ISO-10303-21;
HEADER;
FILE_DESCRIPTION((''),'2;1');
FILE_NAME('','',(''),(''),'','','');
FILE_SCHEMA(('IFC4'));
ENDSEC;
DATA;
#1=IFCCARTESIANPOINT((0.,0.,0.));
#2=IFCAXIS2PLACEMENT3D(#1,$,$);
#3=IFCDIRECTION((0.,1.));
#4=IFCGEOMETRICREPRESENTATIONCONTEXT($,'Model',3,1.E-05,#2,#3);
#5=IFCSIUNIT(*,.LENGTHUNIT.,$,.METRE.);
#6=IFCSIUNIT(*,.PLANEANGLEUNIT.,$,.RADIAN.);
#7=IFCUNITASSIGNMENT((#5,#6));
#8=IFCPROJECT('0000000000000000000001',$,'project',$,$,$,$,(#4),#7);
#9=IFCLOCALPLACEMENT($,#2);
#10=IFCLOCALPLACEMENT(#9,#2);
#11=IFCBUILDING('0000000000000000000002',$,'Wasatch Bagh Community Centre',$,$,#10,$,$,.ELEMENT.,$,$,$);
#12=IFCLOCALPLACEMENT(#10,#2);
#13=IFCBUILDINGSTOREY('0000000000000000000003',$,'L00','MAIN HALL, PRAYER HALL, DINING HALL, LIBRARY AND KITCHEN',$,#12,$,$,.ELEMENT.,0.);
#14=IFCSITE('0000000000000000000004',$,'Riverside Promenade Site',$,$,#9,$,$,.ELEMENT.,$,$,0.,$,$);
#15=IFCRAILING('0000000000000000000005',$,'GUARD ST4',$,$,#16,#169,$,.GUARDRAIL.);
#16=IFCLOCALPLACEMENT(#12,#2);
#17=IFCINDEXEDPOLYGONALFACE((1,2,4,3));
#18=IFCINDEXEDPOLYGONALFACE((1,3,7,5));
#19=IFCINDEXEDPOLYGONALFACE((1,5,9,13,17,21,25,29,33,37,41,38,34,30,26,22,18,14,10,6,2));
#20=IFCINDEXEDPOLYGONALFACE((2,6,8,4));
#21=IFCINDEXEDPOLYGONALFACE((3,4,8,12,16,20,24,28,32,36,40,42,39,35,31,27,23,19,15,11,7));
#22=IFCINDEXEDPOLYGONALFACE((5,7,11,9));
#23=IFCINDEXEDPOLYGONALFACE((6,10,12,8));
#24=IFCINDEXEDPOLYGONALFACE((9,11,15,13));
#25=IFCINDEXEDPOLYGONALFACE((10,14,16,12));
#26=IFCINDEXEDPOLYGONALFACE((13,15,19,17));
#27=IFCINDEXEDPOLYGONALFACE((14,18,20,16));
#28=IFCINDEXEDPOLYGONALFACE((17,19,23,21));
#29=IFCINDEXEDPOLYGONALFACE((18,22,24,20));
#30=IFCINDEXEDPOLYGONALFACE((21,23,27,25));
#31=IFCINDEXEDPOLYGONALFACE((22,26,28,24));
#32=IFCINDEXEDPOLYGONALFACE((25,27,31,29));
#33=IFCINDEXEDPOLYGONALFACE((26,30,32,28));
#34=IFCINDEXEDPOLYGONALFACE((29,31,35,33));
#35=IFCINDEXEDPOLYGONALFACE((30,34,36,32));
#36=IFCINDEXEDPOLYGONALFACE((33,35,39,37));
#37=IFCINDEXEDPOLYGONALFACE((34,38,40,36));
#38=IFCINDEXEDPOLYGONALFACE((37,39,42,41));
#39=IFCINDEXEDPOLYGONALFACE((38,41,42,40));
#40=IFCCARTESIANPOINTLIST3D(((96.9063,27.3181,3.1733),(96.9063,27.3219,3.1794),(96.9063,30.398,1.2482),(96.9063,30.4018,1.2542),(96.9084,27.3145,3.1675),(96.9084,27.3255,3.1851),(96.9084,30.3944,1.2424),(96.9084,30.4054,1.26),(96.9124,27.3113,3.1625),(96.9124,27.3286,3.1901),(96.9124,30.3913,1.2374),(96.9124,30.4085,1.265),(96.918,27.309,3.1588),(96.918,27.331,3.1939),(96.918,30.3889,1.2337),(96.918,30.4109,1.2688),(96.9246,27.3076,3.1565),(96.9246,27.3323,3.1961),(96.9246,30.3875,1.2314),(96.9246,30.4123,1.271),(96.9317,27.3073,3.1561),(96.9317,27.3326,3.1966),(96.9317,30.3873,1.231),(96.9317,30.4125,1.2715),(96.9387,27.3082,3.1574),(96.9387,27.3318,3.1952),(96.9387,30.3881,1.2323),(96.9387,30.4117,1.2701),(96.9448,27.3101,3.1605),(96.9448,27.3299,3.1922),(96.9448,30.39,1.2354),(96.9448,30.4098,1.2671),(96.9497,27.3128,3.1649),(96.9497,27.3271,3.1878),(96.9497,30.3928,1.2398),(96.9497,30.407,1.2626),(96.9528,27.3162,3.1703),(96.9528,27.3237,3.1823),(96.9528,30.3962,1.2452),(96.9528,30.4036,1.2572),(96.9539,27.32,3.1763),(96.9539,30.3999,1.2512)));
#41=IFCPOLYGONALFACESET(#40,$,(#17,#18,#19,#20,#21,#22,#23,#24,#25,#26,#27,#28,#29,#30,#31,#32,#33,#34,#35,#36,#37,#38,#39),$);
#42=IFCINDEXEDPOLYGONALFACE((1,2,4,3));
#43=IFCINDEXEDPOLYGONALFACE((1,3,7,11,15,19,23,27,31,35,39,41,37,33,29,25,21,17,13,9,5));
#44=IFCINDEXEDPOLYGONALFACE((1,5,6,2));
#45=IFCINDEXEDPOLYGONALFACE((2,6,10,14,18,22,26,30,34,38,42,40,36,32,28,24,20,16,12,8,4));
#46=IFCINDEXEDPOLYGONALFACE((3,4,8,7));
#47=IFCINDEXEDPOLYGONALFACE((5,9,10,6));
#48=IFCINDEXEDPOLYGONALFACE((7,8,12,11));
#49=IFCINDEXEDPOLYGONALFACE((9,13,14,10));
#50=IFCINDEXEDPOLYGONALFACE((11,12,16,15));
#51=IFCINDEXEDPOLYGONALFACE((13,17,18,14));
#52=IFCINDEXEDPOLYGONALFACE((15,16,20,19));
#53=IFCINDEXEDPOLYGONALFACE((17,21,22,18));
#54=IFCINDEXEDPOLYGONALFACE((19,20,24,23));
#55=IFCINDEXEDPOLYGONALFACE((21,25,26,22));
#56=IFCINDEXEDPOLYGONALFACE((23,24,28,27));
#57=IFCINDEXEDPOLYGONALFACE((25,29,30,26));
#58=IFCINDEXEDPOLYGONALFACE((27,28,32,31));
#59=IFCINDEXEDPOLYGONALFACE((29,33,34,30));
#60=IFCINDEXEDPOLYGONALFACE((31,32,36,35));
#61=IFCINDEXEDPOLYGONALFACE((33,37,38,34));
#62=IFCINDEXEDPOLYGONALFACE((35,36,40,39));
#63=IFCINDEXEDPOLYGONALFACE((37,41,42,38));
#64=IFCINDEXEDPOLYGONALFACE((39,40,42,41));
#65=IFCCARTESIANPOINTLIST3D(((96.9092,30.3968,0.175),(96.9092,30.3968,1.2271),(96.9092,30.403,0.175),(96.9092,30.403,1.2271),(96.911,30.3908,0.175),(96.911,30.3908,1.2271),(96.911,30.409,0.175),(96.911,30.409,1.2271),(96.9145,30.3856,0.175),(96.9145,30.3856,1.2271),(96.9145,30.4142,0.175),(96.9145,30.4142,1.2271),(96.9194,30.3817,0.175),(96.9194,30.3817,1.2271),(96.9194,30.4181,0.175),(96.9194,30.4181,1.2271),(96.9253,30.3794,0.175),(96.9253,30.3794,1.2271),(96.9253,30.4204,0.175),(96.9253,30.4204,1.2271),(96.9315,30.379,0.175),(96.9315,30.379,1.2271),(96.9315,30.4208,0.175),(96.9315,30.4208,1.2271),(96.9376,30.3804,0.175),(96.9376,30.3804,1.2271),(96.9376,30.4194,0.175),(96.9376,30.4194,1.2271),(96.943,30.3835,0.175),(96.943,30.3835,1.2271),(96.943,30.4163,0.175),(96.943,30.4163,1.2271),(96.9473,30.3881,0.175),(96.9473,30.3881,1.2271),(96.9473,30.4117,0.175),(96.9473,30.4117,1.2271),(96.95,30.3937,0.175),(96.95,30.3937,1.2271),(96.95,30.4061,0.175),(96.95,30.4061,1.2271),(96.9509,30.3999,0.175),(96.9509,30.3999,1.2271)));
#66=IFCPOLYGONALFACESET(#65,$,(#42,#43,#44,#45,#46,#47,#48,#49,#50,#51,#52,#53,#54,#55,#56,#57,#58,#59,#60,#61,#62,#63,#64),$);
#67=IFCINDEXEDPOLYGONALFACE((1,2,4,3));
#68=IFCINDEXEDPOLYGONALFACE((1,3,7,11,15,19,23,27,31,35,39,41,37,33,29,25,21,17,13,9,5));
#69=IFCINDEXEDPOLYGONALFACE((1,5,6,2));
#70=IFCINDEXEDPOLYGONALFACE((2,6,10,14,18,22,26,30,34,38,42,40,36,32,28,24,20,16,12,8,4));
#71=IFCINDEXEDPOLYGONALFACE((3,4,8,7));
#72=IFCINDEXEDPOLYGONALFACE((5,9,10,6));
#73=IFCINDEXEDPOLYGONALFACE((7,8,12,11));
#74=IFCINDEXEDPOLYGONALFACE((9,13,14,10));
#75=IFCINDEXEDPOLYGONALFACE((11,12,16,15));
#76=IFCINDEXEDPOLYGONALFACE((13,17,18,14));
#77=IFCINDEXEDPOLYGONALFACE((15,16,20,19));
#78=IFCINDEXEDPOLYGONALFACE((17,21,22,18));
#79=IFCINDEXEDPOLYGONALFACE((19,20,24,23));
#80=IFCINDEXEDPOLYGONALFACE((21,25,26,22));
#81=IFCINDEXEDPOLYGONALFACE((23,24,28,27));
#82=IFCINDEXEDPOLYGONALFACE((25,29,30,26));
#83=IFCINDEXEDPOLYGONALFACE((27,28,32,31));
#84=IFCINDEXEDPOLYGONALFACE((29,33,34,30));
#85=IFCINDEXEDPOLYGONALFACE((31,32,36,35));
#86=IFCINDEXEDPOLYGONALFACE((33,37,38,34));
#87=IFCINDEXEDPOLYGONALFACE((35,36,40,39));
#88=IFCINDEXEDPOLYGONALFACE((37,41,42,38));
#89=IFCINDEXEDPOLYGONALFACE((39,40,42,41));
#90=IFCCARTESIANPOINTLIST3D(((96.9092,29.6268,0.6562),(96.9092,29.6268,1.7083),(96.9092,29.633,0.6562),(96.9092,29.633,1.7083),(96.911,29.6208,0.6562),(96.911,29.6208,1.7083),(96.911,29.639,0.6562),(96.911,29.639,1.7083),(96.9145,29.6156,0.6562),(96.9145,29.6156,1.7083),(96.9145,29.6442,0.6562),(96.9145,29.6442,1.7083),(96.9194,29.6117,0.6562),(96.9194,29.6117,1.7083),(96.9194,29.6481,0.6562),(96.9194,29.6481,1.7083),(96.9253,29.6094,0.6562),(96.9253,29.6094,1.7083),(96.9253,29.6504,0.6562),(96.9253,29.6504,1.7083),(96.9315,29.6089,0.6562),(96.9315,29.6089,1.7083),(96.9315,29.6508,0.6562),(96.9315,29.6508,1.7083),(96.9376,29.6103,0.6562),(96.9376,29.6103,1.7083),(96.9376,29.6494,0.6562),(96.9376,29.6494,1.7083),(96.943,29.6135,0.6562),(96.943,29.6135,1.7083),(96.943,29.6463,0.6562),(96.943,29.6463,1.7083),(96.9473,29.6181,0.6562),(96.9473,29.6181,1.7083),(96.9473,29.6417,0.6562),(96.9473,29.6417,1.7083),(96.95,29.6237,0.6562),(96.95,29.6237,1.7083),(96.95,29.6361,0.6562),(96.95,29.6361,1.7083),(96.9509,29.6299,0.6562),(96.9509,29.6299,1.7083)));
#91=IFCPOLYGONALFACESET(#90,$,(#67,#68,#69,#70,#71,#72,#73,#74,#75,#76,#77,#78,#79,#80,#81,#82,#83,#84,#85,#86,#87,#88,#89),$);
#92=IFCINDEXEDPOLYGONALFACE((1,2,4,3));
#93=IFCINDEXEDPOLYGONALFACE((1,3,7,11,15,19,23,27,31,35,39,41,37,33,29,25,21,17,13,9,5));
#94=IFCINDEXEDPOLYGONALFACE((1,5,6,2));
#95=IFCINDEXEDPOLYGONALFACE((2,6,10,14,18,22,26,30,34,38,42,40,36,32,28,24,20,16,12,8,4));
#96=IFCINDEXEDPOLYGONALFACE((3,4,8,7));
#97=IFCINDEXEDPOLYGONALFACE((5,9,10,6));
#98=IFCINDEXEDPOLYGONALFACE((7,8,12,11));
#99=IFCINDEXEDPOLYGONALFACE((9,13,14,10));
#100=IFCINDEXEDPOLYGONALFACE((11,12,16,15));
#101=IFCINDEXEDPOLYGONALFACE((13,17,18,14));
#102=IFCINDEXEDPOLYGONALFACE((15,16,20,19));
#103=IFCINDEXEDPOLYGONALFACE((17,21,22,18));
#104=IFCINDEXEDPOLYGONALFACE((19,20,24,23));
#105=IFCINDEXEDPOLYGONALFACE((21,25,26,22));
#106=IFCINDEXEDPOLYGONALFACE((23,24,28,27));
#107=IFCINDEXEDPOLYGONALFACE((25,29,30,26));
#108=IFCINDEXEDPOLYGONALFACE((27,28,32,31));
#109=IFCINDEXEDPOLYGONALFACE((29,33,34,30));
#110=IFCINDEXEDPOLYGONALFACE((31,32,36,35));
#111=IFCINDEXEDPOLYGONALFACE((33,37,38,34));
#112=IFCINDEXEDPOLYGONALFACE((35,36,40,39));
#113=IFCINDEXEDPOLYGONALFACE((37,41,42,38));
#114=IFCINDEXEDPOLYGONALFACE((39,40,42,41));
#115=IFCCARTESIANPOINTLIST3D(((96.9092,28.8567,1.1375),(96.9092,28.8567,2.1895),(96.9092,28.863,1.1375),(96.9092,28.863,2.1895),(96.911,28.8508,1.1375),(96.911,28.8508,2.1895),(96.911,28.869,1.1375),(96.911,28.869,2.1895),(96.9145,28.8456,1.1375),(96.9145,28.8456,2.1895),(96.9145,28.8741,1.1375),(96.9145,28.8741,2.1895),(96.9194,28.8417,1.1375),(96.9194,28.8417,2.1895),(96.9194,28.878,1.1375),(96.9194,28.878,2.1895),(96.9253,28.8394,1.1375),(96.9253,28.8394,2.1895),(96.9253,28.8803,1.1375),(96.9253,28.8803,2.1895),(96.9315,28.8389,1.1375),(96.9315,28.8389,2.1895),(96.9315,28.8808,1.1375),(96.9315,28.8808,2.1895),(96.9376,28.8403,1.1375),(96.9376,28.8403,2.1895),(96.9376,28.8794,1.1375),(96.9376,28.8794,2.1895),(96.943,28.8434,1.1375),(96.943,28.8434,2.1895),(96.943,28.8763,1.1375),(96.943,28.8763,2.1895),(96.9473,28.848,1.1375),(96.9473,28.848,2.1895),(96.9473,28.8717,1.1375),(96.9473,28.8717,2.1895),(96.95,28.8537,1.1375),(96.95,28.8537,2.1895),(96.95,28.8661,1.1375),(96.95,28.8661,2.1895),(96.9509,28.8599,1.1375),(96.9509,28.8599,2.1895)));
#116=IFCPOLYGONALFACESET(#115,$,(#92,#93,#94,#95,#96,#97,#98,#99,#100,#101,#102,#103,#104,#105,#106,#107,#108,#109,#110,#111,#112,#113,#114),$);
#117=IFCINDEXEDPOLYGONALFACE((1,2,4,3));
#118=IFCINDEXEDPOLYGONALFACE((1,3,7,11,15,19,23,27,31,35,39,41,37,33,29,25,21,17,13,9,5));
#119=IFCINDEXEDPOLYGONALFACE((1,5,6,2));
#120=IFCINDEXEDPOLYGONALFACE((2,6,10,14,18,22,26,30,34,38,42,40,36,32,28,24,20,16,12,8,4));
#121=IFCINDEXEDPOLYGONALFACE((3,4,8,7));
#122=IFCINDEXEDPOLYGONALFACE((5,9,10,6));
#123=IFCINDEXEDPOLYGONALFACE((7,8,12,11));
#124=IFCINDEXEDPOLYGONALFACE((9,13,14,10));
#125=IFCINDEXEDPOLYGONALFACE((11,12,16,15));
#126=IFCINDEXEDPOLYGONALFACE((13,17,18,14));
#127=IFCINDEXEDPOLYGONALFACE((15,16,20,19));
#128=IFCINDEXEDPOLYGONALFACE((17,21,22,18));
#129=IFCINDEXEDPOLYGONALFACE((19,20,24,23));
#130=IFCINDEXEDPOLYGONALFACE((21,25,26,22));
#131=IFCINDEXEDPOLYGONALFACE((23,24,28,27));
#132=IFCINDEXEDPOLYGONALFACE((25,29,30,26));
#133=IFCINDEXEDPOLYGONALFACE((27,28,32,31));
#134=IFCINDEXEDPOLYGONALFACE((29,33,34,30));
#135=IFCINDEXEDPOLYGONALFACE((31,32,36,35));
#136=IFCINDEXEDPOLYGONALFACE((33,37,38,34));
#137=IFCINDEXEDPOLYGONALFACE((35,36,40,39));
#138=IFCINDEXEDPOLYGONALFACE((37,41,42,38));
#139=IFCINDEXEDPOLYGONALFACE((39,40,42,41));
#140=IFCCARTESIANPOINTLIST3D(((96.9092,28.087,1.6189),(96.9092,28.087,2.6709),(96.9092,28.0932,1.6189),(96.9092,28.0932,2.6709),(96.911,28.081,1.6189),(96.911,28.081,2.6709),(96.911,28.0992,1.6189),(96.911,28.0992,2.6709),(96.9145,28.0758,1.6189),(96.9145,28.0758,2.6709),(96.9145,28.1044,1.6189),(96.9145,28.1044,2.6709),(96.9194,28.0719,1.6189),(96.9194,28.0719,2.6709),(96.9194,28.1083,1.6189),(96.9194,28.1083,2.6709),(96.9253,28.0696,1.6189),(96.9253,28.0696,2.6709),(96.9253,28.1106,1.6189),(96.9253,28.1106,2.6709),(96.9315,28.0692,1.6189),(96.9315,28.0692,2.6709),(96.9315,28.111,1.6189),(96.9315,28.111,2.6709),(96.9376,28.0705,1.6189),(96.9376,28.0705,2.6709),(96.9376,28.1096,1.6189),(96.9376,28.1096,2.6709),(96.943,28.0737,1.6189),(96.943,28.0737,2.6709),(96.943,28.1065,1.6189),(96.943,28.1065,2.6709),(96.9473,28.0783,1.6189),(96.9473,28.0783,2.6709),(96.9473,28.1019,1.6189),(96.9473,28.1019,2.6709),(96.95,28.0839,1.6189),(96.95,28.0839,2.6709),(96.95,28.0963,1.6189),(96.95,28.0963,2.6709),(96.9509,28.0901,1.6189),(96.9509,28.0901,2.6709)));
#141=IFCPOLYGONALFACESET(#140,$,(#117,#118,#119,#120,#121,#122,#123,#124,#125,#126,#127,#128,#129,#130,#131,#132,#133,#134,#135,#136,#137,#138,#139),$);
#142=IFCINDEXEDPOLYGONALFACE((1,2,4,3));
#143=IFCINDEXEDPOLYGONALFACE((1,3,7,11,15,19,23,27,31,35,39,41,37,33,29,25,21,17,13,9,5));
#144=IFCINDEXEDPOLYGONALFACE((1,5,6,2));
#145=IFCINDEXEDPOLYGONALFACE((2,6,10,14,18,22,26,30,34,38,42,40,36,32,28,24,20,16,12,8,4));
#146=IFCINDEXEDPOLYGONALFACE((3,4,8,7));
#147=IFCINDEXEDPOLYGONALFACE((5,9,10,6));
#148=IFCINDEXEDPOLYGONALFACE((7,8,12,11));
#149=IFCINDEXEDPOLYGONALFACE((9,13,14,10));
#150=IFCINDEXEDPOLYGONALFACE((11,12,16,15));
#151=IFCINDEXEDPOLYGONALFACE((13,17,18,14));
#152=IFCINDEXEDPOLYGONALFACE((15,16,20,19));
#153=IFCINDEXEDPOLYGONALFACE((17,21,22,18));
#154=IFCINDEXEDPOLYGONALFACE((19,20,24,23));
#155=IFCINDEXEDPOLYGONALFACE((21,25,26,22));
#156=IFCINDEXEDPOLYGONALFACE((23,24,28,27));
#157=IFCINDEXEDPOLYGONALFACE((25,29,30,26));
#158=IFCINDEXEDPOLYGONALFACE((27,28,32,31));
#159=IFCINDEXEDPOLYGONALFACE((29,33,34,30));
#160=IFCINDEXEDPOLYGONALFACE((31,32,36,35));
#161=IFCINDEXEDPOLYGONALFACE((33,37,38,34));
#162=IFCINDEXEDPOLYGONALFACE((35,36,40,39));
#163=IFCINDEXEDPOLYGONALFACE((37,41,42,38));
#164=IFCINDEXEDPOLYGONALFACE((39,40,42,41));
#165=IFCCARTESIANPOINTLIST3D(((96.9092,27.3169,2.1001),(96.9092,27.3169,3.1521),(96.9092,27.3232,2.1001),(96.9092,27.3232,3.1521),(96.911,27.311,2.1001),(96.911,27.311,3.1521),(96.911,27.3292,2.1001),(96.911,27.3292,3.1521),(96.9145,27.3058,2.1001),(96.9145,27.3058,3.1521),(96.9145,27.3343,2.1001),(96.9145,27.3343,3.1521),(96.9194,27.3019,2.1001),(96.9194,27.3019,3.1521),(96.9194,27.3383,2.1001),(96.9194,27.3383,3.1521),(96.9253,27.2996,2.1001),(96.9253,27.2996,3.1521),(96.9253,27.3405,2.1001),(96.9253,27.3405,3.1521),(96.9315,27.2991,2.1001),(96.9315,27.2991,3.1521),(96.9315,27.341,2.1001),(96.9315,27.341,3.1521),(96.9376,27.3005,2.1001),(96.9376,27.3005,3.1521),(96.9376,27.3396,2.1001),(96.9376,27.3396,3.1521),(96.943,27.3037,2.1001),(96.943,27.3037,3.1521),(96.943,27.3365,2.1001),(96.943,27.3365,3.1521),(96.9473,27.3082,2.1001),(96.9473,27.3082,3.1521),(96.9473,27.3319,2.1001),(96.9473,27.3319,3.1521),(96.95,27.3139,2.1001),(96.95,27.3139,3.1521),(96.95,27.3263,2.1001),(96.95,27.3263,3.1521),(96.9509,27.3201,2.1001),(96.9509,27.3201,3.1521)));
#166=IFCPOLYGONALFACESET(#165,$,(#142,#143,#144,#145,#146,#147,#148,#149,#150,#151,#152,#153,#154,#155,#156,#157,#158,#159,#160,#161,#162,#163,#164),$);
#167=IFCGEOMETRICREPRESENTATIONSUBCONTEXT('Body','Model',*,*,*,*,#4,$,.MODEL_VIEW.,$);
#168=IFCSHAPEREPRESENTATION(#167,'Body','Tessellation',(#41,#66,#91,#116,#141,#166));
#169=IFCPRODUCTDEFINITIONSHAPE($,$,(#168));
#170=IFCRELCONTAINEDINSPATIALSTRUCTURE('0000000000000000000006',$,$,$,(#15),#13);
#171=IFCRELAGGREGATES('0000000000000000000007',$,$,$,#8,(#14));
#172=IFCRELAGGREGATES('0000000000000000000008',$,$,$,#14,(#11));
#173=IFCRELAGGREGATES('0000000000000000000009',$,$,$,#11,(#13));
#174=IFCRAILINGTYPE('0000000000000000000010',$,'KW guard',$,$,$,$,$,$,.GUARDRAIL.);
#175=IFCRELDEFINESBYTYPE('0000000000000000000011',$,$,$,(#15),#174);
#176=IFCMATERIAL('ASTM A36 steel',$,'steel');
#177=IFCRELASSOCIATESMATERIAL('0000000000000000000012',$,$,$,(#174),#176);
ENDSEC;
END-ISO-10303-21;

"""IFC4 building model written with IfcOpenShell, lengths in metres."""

from ifc_helpers import new_model, si_unit, direction, frame, origin, origin_2d, place, context, subcontext, project, spatial, circle, extrude, material, type_object, element, save


model = new_model("IFC4")

# Units and contexts
model_context = context("Model", 3, precision=1e-05, world=origin(), true_north=direction((0.0, 1.0)))
body_context = subcontext(model_context, "Body", "Model", "MODEL_VIEW")
ifc_project = project(units=[si_unit("LENGTHUNIT", "METRE"), si_unit("PLANEANGLEUNIT", "RADIAN")], contexts=[model_context])

# Site, building, storey
site_placement = place(None, origin())
site = spatial("IfcSite", under=ifc_project, at=site_placement, Name="Riverside Promenade Site", CompositionType="ELEMENT", RefElevation=0.0)
building_placement = place(site_placement, origin())
building = spatial("IfcBuilding", under=site, at=building_placement, Name="Wasatch Bagh Community Centre", CompositionType="ELEMENT")
storey_placement = place(building_placement, origin())
storey = spatial("IfcBuildingStorey", under=building, at=storey_placement, Name="L00", Description="MAIN HALL, PRAYER HALL, DINING HALL, LIBRARY AND KITCHEN", CompositionType="ELEMENT", Elevation=0.0)

# Railing
ifc_material_1 = material(Name="ASTM A36 steel", Category="steel")
railing_type_1 = type_object("IfcRailingType", Name="KW guard", PredefinedType="GUARDRAIL", material=ifc_material_1)
for number, where, name in (
    (1, (96.9299, 30.3999, 0.175), "GUARD ST4"),
):
    element("IfcRailing", number, at=place(storey_placement, frame(where)), inside=storey, type_object=railing_type_1, Name=name, PredefinedType="GUARDRAIL", context=body_context, shape_type="SweptSolid", body=[
        extrude(circle(Radius=0.0239, at=origin_2d()), frame((0.0, 0.0, 1.0762), z_axis=(0.0, -0.847979, 0.530029), x_axis=(1.0, 0.0, 0.0)), (0.0, 0.0, 1.0), 3.6321),
        extrude(circle(Radius=0.021, at=origin_2d()), origin(), (0.0, 0.0, 1.0), 1.052),
        extrude(circle(Radius=0.021, at=origin_2d()), frame((0.0, -0.77, 0.4812)), (0.0, 0.0, 1.0), 1.052),
        extrude(circle(Radius=0.021, at=origin_2d()), frame((0.0, -1.54, 0.9624)), (0.0, 0.0, 1.0), 1.052),
        extrude(circle(Radius=0.021, at=origin_2d()), frame((0.0, -2.3098, 1.4438)), (0.0, 0.0, 1.0), 1.052),
        extrude(circle(Radius=0.021, at=origin_2d()), frame((0.0, -3.0798, 1.925)), (0.0, 0.0, 1.0), 1.052),
    ])

save(model, "model.ifc")
